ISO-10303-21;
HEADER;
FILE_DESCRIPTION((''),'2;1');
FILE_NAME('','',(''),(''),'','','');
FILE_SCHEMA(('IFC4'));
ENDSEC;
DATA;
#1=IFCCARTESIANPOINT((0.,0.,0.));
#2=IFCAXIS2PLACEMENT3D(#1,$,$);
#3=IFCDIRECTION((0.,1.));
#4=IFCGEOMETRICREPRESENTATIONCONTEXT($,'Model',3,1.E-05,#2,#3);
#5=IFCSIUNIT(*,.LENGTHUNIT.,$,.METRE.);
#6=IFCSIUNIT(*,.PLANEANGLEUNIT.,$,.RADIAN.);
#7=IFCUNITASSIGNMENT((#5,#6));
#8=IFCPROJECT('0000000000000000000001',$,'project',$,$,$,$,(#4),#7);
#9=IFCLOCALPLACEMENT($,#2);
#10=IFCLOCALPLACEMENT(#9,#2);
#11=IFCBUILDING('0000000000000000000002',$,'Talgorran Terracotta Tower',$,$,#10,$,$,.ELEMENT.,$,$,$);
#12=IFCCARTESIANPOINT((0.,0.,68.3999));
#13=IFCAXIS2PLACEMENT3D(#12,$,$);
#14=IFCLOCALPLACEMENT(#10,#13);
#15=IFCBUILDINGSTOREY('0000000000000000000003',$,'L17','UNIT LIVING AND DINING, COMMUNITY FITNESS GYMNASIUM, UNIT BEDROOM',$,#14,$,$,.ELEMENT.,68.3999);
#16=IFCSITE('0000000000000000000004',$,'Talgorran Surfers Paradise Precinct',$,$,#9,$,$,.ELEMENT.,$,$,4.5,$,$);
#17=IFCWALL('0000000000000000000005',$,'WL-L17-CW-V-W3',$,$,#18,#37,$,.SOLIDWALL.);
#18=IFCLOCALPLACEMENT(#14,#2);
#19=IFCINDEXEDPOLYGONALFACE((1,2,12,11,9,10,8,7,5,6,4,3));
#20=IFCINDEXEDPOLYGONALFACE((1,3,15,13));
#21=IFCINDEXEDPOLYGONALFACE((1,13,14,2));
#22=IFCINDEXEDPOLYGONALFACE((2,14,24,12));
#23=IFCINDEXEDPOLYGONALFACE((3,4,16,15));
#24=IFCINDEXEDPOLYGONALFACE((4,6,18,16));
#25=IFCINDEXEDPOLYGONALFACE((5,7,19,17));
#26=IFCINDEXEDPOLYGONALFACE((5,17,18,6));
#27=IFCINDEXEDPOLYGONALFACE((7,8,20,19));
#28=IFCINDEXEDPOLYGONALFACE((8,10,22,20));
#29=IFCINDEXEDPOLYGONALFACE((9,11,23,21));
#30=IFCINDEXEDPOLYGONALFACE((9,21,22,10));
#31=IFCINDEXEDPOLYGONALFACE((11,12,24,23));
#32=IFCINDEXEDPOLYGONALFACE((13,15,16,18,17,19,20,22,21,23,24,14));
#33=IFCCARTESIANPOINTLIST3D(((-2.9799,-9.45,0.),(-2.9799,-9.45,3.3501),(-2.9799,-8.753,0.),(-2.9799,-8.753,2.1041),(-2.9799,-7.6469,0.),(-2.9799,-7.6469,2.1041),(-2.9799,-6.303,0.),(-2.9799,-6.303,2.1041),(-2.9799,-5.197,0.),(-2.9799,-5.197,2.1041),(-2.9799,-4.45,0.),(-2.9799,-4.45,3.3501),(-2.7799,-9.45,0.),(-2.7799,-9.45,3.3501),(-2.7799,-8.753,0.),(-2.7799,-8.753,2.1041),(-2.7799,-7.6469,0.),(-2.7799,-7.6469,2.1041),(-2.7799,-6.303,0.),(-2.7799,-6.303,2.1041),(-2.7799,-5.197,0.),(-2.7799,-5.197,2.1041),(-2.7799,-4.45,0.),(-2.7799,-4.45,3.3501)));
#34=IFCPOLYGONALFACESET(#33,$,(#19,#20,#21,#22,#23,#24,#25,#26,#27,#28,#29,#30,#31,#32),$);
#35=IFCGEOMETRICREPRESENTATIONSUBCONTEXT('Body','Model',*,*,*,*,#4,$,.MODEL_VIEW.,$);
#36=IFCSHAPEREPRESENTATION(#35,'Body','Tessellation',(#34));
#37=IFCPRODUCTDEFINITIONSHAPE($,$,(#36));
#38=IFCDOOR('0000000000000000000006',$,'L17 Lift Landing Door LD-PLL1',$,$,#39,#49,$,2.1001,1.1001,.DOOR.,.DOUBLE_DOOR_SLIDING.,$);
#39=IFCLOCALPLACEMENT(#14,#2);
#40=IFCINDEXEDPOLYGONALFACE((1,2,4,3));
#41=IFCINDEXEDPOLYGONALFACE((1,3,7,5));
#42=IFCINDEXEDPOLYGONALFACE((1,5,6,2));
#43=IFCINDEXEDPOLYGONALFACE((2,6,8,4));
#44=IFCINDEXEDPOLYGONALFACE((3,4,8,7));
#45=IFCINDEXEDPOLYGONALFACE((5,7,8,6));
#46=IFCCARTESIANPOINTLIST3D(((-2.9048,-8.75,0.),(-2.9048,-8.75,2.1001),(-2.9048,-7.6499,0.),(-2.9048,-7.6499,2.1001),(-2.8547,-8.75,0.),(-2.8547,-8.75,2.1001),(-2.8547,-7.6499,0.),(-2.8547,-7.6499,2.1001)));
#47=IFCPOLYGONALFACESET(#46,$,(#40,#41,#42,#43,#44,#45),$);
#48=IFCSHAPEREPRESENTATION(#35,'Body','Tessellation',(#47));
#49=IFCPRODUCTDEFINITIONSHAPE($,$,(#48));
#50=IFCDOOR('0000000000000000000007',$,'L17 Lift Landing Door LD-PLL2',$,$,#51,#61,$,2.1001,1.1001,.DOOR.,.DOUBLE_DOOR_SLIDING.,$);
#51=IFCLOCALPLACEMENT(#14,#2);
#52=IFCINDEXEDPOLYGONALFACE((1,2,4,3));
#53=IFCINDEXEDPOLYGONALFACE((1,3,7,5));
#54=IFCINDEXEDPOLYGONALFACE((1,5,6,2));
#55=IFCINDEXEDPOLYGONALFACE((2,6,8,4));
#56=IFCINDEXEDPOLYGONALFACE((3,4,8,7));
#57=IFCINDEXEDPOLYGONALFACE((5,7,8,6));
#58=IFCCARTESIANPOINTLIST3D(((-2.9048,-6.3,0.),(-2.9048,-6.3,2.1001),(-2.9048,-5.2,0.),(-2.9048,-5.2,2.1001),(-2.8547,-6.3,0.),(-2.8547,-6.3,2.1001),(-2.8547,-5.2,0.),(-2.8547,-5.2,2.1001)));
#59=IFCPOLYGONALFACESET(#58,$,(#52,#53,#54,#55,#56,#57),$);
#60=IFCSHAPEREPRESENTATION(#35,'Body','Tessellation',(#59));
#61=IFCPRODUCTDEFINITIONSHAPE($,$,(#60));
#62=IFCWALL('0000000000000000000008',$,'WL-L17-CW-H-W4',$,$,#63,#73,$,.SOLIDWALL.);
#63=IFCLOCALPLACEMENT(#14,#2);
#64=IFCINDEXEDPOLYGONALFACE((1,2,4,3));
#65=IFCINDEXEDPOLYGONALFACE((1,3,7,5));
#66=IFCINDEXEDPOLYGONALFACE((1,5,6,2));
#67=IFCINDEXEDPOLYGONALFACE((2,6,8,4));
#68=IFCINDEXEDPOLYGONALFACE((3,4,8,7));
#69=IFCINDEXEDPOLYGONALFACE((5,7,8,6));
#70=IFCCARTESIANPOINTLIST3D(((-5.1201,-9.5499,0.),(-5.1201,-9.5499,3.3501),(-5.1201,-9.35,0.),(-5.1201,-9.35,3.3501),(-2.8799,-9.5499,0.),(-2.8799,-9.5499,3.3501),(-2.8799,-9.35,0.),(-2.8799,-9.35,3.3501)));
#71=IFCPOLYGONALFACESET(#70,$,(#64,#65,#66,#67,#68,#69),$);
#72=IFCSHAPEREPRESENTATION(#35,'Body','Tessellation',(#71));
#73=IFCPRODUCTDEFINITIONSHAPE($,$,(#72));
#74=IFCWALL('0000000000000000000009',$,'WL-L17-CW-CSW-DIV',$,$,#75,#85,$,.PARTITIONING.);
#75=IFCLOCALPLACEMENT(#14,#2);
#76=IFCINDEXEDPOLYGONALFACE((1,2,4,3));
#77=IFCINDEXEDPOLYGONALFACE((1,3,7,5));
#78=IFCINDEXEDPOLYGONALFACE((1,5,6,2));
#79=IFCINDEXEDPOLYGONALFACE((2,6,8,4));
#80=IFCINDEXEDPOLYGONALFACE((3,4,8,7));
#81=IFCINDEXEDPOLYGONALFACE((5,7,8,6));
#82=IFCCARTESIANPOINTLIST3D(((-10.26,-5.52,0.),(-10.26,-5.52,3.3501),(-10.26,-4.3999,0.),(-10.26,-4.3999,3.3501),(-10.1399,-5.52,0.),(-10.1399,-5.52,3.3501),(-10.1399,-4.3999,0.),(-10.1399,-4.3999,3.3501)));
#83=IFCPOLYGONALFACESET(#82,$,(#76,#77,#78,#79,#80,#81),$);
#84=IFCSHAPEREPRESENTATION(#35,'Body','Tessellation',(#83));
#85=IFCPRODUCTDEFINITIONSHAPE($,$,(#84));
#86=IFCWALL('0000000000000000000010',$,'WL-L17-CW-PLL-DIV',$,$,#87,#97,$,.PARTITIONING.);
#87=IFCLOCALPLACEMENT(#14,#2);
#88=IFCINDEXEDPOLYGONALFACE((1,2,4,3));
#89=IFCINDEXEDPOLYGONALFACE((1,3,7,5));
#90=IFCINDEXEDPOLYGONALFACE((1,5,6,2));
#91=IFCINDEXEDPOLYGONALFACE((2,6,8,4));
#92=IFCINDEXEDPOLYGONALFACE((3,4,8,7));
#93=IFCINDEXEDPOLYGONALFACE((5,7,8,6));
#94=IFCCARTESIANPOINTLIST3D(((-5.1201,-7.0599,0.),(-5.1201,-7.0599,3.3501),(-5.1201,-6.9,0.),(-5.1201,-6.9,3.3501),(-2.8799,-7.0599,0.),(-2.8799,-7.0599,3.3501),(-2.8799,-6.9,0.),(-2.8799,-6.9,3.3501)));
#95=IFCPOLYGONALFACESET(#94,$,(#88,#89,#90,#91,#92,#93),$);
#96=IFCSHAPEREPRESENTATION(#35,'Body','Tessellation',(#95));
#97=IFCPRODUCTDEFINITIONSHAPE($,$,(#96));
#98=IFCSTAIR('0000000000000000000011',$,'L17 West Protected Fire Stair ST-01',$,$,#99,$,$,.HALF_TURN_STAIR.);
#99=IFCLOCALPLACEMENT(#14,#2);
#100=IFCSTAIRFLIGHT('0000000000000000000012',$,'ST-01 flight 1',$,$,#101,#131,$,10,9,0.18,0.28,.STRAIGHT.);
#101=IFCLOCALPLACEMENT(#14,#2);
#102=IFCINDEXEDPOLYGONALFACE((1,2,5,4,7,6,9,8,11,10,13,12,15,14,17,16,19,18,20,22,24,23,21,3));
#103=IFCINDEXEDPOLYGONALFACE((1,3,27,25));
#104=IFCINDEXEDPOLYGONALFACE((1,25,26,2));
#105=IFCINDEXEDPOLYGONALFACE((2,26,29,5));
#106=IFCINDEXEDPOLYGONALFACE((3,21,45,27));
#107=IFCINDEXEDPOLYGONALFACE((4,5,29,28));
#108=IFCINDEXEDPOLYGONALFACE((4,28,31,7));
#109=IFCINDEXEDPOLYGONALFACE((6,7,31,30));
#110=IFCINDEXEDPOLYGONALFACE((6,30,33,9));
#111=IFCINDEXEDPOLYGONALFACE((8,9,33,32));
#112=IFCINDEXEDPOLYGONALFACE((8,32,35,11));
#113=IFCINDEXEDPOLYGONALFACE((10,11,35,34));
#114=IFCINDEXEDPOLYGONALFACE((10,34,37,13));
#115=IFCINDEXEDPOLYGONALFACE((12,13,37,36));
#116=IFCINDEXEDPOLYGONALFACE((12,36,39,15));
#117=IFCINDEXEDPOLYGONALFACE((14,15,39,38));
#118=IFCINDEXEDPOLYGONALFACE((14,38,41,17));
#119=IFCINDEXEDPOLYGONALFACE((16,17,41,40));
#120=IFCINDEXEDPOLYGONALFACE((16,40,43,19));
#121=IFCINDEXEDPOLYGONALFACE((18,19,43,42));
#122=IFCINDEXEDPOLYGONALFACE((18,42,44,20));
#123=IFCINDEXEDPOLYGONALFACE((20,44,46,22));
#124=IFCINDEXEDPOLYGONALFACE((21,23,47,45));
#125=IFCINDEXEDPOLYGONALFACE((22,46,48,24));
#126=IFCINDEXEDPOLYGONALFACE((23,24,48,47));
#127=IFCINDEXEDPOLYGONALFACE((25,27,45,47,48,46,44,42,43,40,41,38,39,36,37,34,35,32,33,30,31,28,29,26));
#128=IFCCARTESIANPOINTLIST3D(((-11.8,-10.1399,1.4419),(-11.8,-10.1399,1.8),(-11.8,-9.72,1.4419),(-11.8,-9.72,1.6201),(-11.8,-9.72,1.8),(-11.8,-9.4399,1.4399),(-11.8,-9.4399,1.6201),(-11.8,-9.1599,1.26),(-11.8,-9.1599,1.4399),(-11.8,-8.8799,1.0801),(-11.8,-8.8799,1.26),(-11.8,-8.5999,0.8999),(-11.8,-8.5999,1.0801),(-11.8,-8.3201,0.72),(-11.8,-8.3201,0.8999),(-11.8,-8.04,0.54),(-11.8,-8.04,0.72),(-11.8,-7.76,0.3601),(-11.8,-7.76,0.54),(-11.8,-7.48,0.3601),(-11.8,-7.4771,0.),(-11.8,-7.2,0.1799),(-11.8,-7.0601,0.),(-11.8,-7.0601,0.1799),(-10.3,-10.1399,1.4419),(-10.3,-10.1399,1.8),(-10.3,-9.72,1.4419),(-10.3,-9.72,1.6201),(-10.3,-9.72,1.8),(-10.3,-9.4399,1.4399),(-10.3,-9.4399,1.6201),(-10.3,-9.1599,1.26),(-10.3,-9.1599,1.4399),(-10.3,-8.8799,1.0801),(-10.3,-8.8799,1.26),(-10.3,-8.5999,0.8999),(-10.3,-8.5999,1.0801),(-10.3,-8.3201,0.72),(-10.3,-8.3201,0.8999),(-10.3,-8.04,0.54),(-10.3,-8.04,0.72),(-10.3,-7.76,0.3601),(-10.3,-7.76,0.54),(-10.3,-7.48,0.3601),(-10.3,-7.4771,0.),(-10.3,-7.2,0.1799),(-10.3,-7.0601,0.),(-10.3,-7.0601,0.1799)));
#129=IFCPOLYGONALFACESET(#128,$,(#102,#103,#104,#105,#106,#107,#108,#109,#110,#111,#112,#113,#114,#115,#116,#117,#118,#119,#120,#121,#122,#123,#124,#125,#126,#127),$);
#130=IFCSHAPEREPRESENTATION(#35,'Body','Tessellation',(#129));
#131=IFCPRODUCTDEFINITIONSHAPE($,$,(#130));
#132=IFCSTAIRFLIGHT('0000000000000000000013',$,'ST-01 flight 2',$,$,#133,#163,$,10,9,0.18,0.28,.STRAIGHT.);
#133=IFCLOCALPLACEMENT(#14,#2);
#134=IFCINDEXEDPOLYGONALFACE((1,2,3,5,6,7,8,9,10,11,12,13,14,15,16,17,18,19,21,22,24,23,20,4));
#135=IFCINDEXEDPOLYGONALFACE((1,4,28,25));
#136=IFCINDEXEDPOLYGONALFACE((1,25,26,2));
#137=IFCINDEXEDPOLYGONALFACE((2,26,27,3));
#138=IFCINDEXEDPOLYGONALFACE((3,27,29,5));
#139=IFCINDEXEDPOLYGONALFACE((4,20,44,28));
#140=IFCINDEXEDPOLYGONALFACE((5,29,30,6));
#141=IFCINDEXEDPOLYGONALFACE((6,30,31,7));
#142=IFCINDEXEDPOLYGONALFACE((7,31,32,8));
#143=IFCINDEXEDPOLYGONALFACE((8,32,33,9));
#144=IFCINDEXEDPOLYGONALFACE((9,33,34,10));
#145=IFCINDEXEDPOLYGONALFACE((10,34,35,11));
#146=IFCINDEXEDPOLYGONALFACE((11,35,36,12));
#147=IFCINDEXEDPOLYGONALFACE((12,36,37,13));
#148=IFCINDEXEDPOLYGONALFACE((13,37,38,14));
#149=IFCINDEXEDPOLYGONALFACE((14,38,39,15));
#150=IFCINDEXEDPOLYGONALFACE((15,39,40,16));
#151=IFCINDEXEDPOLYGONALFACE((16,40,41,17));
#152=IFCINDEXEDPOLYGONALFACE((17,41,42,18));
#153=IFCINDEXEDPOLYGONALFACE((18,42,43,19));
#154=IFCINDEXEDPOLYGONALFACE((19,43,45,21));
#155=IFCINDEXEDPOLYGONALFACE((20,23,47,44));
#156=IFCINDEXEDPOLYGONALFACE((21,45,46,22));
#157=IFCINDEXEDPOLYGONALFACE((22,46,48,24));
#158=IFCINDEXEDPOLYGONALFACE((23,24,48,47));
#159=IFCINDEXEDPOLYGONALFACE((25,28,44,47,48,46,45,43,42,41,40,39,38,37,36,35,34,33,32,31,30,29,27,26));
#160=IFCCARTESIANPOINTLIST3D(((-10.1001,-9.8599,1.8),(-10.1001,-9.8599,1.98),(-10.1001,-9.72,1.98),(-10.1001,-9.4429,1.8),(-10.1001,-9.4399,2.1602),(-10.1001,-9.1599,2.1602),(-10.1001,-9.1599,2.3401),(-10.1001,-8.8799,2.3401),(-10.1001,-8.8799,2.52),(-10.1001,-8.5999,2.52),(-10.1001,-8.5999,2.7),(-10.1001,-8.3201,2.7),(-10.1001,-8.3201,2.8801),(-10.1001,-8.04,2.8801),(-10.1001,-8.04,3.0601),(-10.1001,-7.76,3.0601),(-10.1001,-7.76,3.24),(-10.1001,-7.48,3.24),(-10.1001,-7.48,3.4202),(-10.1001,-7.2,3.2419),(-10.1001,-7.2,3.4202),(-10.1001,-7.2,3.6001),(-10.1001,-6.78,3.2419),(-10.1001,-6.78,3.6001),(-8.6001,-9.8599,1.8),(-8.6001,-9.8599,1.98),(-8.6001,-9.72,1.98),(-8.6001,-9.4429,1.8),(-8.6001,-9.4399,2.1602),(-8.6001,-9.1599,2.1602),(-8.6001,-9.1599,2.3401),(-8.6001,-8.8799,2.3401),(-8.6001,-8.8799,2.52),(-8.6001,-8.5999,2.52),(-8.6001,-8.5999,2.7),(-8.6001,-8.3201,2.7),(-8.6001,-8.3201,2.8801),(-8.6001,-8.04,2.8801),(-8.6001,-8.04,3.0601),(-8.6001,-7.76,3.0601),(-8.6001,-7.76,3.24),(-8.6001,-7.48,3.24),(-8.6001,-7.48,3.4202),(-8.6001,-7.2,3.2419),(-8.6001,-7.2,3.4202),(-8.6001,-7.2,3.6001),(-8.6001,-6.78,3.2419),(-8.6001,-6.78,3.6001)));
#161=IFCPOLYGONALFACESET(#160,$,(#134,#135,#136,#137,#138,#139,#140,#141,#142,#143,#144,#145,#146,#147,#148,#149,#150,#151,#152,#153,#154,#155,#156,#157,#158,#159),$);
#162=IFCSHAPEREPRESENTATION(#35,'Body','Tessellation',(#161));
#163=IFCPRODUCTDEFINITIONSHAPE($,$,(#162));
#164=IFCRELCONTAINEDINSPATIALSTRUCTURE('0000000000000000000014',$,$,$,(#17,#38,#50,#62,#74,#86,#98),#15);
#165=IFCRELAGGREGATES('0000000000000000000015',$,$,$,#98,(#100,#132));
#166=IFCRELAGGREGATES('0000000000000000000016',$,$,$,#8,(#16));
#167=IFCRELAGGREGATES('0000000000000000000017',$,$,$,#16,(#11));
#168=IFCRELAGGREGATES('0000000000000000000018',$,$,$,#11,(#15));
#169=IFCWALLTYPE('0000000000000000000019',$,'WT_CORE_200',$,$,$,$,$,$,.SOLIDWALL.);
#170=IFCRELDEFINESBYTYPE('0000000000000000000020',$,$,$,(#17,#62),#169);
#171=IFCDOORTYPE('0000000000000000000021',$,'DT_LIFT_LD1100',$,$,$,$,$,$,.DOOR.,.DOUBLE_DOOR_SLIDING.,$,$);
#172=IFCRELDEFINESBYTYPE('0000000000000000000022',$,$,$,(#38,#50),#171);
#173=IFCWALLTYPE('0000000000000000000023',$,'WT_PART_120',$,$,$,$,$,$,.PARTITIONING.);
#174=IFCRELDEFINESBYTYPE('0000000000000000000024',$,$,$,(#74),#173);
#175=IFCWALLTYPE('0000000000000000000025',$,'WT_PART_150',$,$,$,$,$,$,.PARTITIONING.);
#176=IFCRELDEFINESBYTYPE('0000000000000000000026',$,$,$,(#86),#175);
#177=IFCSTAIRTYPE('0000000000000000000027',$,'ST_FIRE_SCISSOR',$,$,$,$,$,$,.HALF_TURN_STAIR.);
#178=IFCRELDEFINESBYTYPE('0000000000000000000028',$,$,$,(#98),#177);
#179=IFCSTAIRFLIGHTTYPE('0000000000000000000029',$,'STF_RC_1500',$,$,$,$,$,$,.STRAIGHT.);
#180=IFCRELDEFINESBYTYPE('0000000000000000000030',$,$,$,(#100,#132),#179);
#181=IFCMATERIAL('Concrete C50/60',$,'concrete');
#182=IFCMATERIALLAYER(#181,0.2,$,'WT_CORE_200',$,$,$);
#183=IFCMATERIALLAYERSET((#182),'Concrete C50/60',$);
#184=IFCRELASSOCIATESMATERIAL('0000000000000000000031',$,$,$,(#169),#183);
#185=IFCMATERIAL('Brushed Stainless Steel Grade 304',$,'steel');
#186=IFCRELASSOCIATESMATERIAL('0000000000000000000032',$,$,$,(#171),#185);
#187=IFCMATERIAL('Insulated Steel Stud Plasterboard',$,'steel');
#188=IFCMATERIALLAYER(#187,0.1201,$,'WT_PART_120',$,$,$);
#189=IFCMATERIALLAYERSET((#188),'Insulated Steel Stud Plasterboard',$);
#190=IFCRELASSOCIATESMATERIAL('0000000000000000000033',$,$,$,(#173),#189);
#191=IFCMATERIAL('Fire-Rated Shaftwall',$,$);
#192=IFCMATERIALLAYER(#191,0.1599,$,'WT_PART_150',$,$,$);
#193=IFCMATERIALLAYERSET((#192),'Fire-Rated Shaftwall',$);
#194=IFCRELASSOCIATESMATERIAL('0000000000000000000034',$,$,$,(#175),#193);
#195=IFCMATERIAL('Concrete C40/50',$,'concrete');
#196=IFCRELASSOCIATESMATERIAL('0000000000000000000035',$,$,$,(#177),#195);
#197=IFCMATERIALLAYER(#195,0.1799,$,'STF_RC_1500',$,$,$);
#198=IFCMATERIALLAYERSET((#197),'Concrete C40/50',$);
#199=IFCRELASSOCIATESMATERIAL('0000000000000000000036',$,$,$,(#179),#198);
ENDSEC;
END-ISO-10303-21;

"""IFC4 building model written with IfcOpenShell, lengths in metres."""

from ifc_helpers import new_model, si_unit, direction, frame, frame_2d, origin, place, context, subcontext, project, spatial, polyline, rectangle, outline, extrude, material, layer, layer_set, type_object, element, fill, aggregate, save


model = new_model("IFC4")

# Units and contexts
model_context = context("Model", 3, precision=1e-05, world=origin(), true_north=direction((0.0, 1.0)))
body_context = subcontext(model_context, "Body", "Model", "MODEL_VIEW")
ifc_project = project(units=[si_unit("LENGTHUNIT", "METRE"), si_unit("PLANEANGLEUNIT", "RADIAN")], contexts=[model_context])

# Site, building, storey
site_placement = place(None, origin())
site = spatial("IfcSite", under=ifc_project, at=site_placement, Name="Talgorran Surfers Paradise Precinct", CompositionType="ELEMENT", RefElevation=4.5)
building_placement = place(site_placement, origin())
building = spatial("IfcBuilding", under=site, at=building_placement, Name="Talgorran Terracotta Tower", CompositionType="ELEMENT")
storey_placement = place(building_placement, frame((0.0, 0.0, 68.3999)))
storey = spatial("IfcBuildingStorey", under=building, at=storey_placement, Name="L17", Description="UNIT LIVING AND DINING, COMMUNITY FITNESS GYMNASIUM, UNIT BEDROOM", CompositionType="ELEMENT", Elevation=68.3999)

# Wall, openings, doors
ifc_material_1 = material(Name="Concrete C50/60", Category="concrete")
ifc_layer_1 = layer(ifc_material_1, 0.2, Name="WT_CORE_200")
ifc_layer_set_1 = layer_set([ifc_layer_1], Name="Concrete C50/60")
wall_type_1 = type_object("IfcWallType", Name="WT_CORE_200", PredefinedType="SOLIDWALL", material=ifc_layer_set_1)
wall_1_placement = place(storey_placement, frame((-2.8799, -9.45, 0.0), z_axis=(0.0, 0.0, 1.0), x_axis=(0.0, 1.0, 0.0)))
wall_1 = element("IfcWall", 1, at=wall_1_placement, inside=storey, type_object=wall_type_1, Name="WL-L17-CW-V-W3", PredefinedType="SOLIDWALL", context=body_context, shape_type="SweptSolid", body=[
    extrude(rectangle(XDim=5.0, YDim=0.2, at=frame_2d((2.5, 0.0))), origin(), (0.0, 0.0, 1.0), 3.3501),
])
opening_1_placement = place(wall_1_placement, frame((0.7, 0.0, 0.0)))
opening_1 = element("IfcOpeningElement", 2, at=opening_1_placement, cuts=wall_1, PredefinedType="OPENING", context=body_context, shape_type="SweptSolid", body=[
    extrude(rectangle(XDim=1.1061, YDim=2.1041, at=frame_2d((0.55, 1.052))), frame((0.0, 0.1099, 0.0), z_axis=(0.0, -1.0, 0.0), x_axis=(1.0, 0.0, 0.0)), (0.0, 0.0, 1.0), 0.22),
])
opening_2_placement = place(wall_1_placement, frame((3.1499, 0.0, 0.0)))
opening_2 = element("IfcOpeningElement", 3, at=opening_2_placement, cuts=wall_1, PredefinedType="OPENING", context=body_context, shape_type="SweptSolid", body=[
    extrude(rectangle(XDim=1.1061, YDim=2.1041, at=frame_2d((0.55, 1.052))), frame((0.0, 0.1099, 0.0), z_axis=(0.0, -1.0, 0.0), x_axis=(1.0, 0.0, 0.0)), (0.0, 0.0, 1.0), 0.22),
])
ifc_material_2 = material(Name="Brushed Stainless Steel Grade 304", Category="steel")
door_type = type_object("IfcDoorType", Name="DT_LIFT_LD1100", OperationType="DOUBLE_DOOR_SLIDING", PredefinedType="DOOR", material=ifc_material_2)
door_1_placement = place(opening_1_placement, origin())
door_1 = element("IfcDoor", 4, at=door_1_placement, inside=storey, type_object=door_type, Name="L17 Lift Landing Door LD-PLL1", OperationType="DOUBLE_DOOR_SLIDING", OverallHeight=2.1001, OverallWidth=1.1001, PredefinedType="DOOR", context=body_context, shape_type="SweptSolid", body=[
    extrude(rectangle(XDim=1.1001, YDim=2.1001, at=frame_2d((0.55, 1.05))), frame((0.0, 0.0249, 0.0), z_axis=(0.0, -1.0, 0.0), x_axis=(1.0, 0.0, 0.0)), (0.0, 0.0, 1.0), 0.05),
])
fill(opening_1, door_1)
door_2_placement = place(opening_2_placement, origin())
door_2 = element("IfcDoor", 5, at=door_2_placement, inside=storey, type_object=door_type, Name="L17 Lift Landing Door LD-PLL2", OperationType="DOUBLE_DOOR_SLIDING", OverallHeight=2.1001, OverallWidth=1.1001, PredefinedType="DOOR", context=body_context, shape_type="SweptSolid", body=[
    extrude(rectangle(XDim=1.1001, YDim=2.1001, at=frame_2d((0.55, 1.05))), frame((0.0, 0.0249, 0.0), z_axis=(0.0, -1.0, 0.0), x_axis=(1.0, 0.0, 0.0)), (0.0, 0.0, 1.0), 0.05),
])
fill(opening_2, door_2)

# Walls
wall_2_placement = place(storey_placement, frame((-5.1201, -9.45, 0.0), z_axis=(0.0, 0.0, 1.0), x_axis=(1.0, 0.0, 0.0)))
element("IfcWall", 6, at=wall_2_placement, inside=storey, type_object=wall_type_1, Name="WL-L17-CW-H-W4", PredefinedType="SOLIDWALL", context=body_context, shape_type="SweptSolid", body=[
    extrude(rectangle(XDim=2.2402, YDim=0.2, at=frame_2d((1.1201, 0.0))), origin(), (0.0, 0.0, 1.0), 3.3501),
])
ifc_material_3 = material(Name="Insulated Steel Stud Plasterboard", Category="steel")
ifc_layer_2 = layer(ifc_material_3, 0.1201, Name="WT_PART_120")
ifc_layer_set_2 = layer_set([ifc_layer_2], Name="Insulated Steel Stud Plasterboard")
wall_type_2 = type_object("IfcWallType", Name="WT_PART_120", PredefinedType="PARTITIONING", material=ifc_layer_set_2)
wall_3_placement = place(storey_placement, frame((-10.2, -5.52, 0.0), z_axis=(0.0, 0.0, 1.0), x_axis=(0.0, 1.0, 0.0)))
element("IfcWall", 7, at=wall_3_placement, inside=storey, type_object=wall_type_2, Name="WL-L17-CW-CSW-DIV", PredefinedType="PARTITIONING", context=body_context, shape_type="SweptSolid", body=[
    extrude(rectangle(XDim=1.1201, YDim=0.1201, at=frame_2d((0.5601, 0.0))), origin(), (0.0, 0.0, 1.0), 3.3501),
])
ifc_material_4 = material(Name="Fire-Rated Shaftwall")
ifc_layer_3 = layer(ifc_material_4, 0.1599, Name="WT_PART_150")
ifc_layer_set_3 = layer_set([ifc_layer_3], Name="Fire-Rated Shaftwall")
wall_type_3 = type_object("IfcWallType", Name="WT_PART_150", PredefinedType="PARTITIONING", material=ifc_layer_set_3)
wall_4_placement = place(storey_placement, frame((-5.1201, -6.98, 0.0), z_axis=(0.0, 0.0, 1.0), x_axis=(1.0, 0.0, 0.0)))
element("IfcWall", 8, at=wall_4_placement, inside=storey, type_object=wall_type_3, Name="WL-L17-CW-PLL-DIV", PredefinedType="PARTITIONING", context=body_context, shape_type="SweptSolid", body=[
    extrude(rectangle(XDim=2.2402, YDim=0.1599, at=frame_2d((1.1201, 0.0))), origin(), (0.0, 0.0, 1.0), 3.3501),
])

# Stair, stair flights
ifc_material_5 = material(Name="Concrete C40/50", Category="concrete")
stair_type = type_object("IfcStairType", Name="ST_FIRE_SCISSOR", PredefinedType="HALF_TURN_STAIR", material=ifc_material_5)
stair_placement = place(storey_placement, origin())
stair = element("IfcStair", 9, at=stair_placement, inside=storey, type_object=stair_type, Name="L17 West Protected Fire Stair ST-01", PredefinedType="HALF_TURN_STAIR")
ifc_layer_4 = layer(ifc_material_5, 0.1799, Name="STF_RC_1500")
ifc_layer_set_4 = layer_set([ifc_layer_4], Name="Concrete C40/50")
stair_flight_type = type_object("IfcStairFlightType", Name="STF_RC_1500", PredefinedType="STRAIGHT", material=ifc_layer_set_4)
stair_flight_1_placement = place(storey_placement, frame((-11.05, -7.2, 0.0), z_axis=(0.0, 0.0, 1.0), x_axis=(0.0, -1.0, 0.0)))
stair_flight_1 = element("IfcStairFlight", 10, at=stair_flight_1_placement, type_object=stair_flight_type, Name="ST-01 flight 1", NumberOfRisers=10, NumberOfTreads=9, PredefinedType="STRAIGHT", RiserHeight=0.18, TreadLength=0.28, context=body_context, shape_type="SweptSolid", body=[
    extrude(outline(polyline([(-0.1399, 0.0), (-0.1399, 0.1799), (0.0, 0.1799), (0.28, 0.3601), (0.5601, 0.3601), (0.5601, 0.54), (0.8401, 0.54), (0.8401, 0.72), (1.1201, 0.72), (1.1201, 0.8999), (1.3999, 0.8999), (1.3999, 1.0801), (1.6799, 1.0801), (1.6799, 1.26), (1.96, 1.26), (1.96, 1.4399), (2.24, 1.4399), (2.24, 1.6201), (2.52, 1.6201), (2.52, 1.8), (2.9399, 1.8), (2.9399, 1.4419), (2.52, 1.4419), (0.2771, 0.0), (-0.1399, 0.0)])), frame((0.0, 0.75, 0.0), z_axis=(0.0, -1.0, 0.0), x_axis=(1.0, 0.0, 0.0)), (0.0, 0.0, 1.0), 1.5),
])
stair_flight_2_placement = place(storey_placement, frame((-9.3501, -9.72, 1.8), z_axis=(0.0, 0.0, 1.0), x_axis=(0.0, 1.0, 0.0)))
stair_flight_2 = element("IfcStairFlight", 11, at=stair_flight_2_placement, type_object=stair_flight_type, Name="ST-01 flight 2", NumberOfRisers=10, NumberOfTreads=9, PredefinedType="STRAIGHT", RiserHeight=0.18, TreadLength=0.28, context=body_context, shape_type="SweptSolid", body=[
    extrude(outline(polyline([(-0.1399, 0.0), (-0.1399, 0.1799), (0.0, 0.1799), (0.28, 0.3601), (0.5601, 0.3601), (0.5601, 0.54), (0.8401, 0.54), (0.8401, 0.72), (1.1201, 0.72), (1.1201, 0.8999), (1.3999, 0.8999), (1.3999, 1.0801), (1.6799, 1.0801), (1.6799, 1.26), (1.96, 1.26), (1.96, 1.4399), (2.24, 1.4399), (2.24, 1.6201), (2.52, 1.6201), (2.52, 1.8), (2.9399, 1.8), (2.9399, 1.4419), (2.52, 1.4419), (0.2771, 0.0), (-0.1399, 0.0)])), frame((0.0, 0.75, 0.0), z_axis=(0.0, -1.0, 0.0), x_axis=(1.0, 0.0, 0.0)), (0.0, 0.0, 1.0), 1.5),
])
aggregate(stair, [stair_flight_1, stair_flight_2])

save(model, "model.ifc")
